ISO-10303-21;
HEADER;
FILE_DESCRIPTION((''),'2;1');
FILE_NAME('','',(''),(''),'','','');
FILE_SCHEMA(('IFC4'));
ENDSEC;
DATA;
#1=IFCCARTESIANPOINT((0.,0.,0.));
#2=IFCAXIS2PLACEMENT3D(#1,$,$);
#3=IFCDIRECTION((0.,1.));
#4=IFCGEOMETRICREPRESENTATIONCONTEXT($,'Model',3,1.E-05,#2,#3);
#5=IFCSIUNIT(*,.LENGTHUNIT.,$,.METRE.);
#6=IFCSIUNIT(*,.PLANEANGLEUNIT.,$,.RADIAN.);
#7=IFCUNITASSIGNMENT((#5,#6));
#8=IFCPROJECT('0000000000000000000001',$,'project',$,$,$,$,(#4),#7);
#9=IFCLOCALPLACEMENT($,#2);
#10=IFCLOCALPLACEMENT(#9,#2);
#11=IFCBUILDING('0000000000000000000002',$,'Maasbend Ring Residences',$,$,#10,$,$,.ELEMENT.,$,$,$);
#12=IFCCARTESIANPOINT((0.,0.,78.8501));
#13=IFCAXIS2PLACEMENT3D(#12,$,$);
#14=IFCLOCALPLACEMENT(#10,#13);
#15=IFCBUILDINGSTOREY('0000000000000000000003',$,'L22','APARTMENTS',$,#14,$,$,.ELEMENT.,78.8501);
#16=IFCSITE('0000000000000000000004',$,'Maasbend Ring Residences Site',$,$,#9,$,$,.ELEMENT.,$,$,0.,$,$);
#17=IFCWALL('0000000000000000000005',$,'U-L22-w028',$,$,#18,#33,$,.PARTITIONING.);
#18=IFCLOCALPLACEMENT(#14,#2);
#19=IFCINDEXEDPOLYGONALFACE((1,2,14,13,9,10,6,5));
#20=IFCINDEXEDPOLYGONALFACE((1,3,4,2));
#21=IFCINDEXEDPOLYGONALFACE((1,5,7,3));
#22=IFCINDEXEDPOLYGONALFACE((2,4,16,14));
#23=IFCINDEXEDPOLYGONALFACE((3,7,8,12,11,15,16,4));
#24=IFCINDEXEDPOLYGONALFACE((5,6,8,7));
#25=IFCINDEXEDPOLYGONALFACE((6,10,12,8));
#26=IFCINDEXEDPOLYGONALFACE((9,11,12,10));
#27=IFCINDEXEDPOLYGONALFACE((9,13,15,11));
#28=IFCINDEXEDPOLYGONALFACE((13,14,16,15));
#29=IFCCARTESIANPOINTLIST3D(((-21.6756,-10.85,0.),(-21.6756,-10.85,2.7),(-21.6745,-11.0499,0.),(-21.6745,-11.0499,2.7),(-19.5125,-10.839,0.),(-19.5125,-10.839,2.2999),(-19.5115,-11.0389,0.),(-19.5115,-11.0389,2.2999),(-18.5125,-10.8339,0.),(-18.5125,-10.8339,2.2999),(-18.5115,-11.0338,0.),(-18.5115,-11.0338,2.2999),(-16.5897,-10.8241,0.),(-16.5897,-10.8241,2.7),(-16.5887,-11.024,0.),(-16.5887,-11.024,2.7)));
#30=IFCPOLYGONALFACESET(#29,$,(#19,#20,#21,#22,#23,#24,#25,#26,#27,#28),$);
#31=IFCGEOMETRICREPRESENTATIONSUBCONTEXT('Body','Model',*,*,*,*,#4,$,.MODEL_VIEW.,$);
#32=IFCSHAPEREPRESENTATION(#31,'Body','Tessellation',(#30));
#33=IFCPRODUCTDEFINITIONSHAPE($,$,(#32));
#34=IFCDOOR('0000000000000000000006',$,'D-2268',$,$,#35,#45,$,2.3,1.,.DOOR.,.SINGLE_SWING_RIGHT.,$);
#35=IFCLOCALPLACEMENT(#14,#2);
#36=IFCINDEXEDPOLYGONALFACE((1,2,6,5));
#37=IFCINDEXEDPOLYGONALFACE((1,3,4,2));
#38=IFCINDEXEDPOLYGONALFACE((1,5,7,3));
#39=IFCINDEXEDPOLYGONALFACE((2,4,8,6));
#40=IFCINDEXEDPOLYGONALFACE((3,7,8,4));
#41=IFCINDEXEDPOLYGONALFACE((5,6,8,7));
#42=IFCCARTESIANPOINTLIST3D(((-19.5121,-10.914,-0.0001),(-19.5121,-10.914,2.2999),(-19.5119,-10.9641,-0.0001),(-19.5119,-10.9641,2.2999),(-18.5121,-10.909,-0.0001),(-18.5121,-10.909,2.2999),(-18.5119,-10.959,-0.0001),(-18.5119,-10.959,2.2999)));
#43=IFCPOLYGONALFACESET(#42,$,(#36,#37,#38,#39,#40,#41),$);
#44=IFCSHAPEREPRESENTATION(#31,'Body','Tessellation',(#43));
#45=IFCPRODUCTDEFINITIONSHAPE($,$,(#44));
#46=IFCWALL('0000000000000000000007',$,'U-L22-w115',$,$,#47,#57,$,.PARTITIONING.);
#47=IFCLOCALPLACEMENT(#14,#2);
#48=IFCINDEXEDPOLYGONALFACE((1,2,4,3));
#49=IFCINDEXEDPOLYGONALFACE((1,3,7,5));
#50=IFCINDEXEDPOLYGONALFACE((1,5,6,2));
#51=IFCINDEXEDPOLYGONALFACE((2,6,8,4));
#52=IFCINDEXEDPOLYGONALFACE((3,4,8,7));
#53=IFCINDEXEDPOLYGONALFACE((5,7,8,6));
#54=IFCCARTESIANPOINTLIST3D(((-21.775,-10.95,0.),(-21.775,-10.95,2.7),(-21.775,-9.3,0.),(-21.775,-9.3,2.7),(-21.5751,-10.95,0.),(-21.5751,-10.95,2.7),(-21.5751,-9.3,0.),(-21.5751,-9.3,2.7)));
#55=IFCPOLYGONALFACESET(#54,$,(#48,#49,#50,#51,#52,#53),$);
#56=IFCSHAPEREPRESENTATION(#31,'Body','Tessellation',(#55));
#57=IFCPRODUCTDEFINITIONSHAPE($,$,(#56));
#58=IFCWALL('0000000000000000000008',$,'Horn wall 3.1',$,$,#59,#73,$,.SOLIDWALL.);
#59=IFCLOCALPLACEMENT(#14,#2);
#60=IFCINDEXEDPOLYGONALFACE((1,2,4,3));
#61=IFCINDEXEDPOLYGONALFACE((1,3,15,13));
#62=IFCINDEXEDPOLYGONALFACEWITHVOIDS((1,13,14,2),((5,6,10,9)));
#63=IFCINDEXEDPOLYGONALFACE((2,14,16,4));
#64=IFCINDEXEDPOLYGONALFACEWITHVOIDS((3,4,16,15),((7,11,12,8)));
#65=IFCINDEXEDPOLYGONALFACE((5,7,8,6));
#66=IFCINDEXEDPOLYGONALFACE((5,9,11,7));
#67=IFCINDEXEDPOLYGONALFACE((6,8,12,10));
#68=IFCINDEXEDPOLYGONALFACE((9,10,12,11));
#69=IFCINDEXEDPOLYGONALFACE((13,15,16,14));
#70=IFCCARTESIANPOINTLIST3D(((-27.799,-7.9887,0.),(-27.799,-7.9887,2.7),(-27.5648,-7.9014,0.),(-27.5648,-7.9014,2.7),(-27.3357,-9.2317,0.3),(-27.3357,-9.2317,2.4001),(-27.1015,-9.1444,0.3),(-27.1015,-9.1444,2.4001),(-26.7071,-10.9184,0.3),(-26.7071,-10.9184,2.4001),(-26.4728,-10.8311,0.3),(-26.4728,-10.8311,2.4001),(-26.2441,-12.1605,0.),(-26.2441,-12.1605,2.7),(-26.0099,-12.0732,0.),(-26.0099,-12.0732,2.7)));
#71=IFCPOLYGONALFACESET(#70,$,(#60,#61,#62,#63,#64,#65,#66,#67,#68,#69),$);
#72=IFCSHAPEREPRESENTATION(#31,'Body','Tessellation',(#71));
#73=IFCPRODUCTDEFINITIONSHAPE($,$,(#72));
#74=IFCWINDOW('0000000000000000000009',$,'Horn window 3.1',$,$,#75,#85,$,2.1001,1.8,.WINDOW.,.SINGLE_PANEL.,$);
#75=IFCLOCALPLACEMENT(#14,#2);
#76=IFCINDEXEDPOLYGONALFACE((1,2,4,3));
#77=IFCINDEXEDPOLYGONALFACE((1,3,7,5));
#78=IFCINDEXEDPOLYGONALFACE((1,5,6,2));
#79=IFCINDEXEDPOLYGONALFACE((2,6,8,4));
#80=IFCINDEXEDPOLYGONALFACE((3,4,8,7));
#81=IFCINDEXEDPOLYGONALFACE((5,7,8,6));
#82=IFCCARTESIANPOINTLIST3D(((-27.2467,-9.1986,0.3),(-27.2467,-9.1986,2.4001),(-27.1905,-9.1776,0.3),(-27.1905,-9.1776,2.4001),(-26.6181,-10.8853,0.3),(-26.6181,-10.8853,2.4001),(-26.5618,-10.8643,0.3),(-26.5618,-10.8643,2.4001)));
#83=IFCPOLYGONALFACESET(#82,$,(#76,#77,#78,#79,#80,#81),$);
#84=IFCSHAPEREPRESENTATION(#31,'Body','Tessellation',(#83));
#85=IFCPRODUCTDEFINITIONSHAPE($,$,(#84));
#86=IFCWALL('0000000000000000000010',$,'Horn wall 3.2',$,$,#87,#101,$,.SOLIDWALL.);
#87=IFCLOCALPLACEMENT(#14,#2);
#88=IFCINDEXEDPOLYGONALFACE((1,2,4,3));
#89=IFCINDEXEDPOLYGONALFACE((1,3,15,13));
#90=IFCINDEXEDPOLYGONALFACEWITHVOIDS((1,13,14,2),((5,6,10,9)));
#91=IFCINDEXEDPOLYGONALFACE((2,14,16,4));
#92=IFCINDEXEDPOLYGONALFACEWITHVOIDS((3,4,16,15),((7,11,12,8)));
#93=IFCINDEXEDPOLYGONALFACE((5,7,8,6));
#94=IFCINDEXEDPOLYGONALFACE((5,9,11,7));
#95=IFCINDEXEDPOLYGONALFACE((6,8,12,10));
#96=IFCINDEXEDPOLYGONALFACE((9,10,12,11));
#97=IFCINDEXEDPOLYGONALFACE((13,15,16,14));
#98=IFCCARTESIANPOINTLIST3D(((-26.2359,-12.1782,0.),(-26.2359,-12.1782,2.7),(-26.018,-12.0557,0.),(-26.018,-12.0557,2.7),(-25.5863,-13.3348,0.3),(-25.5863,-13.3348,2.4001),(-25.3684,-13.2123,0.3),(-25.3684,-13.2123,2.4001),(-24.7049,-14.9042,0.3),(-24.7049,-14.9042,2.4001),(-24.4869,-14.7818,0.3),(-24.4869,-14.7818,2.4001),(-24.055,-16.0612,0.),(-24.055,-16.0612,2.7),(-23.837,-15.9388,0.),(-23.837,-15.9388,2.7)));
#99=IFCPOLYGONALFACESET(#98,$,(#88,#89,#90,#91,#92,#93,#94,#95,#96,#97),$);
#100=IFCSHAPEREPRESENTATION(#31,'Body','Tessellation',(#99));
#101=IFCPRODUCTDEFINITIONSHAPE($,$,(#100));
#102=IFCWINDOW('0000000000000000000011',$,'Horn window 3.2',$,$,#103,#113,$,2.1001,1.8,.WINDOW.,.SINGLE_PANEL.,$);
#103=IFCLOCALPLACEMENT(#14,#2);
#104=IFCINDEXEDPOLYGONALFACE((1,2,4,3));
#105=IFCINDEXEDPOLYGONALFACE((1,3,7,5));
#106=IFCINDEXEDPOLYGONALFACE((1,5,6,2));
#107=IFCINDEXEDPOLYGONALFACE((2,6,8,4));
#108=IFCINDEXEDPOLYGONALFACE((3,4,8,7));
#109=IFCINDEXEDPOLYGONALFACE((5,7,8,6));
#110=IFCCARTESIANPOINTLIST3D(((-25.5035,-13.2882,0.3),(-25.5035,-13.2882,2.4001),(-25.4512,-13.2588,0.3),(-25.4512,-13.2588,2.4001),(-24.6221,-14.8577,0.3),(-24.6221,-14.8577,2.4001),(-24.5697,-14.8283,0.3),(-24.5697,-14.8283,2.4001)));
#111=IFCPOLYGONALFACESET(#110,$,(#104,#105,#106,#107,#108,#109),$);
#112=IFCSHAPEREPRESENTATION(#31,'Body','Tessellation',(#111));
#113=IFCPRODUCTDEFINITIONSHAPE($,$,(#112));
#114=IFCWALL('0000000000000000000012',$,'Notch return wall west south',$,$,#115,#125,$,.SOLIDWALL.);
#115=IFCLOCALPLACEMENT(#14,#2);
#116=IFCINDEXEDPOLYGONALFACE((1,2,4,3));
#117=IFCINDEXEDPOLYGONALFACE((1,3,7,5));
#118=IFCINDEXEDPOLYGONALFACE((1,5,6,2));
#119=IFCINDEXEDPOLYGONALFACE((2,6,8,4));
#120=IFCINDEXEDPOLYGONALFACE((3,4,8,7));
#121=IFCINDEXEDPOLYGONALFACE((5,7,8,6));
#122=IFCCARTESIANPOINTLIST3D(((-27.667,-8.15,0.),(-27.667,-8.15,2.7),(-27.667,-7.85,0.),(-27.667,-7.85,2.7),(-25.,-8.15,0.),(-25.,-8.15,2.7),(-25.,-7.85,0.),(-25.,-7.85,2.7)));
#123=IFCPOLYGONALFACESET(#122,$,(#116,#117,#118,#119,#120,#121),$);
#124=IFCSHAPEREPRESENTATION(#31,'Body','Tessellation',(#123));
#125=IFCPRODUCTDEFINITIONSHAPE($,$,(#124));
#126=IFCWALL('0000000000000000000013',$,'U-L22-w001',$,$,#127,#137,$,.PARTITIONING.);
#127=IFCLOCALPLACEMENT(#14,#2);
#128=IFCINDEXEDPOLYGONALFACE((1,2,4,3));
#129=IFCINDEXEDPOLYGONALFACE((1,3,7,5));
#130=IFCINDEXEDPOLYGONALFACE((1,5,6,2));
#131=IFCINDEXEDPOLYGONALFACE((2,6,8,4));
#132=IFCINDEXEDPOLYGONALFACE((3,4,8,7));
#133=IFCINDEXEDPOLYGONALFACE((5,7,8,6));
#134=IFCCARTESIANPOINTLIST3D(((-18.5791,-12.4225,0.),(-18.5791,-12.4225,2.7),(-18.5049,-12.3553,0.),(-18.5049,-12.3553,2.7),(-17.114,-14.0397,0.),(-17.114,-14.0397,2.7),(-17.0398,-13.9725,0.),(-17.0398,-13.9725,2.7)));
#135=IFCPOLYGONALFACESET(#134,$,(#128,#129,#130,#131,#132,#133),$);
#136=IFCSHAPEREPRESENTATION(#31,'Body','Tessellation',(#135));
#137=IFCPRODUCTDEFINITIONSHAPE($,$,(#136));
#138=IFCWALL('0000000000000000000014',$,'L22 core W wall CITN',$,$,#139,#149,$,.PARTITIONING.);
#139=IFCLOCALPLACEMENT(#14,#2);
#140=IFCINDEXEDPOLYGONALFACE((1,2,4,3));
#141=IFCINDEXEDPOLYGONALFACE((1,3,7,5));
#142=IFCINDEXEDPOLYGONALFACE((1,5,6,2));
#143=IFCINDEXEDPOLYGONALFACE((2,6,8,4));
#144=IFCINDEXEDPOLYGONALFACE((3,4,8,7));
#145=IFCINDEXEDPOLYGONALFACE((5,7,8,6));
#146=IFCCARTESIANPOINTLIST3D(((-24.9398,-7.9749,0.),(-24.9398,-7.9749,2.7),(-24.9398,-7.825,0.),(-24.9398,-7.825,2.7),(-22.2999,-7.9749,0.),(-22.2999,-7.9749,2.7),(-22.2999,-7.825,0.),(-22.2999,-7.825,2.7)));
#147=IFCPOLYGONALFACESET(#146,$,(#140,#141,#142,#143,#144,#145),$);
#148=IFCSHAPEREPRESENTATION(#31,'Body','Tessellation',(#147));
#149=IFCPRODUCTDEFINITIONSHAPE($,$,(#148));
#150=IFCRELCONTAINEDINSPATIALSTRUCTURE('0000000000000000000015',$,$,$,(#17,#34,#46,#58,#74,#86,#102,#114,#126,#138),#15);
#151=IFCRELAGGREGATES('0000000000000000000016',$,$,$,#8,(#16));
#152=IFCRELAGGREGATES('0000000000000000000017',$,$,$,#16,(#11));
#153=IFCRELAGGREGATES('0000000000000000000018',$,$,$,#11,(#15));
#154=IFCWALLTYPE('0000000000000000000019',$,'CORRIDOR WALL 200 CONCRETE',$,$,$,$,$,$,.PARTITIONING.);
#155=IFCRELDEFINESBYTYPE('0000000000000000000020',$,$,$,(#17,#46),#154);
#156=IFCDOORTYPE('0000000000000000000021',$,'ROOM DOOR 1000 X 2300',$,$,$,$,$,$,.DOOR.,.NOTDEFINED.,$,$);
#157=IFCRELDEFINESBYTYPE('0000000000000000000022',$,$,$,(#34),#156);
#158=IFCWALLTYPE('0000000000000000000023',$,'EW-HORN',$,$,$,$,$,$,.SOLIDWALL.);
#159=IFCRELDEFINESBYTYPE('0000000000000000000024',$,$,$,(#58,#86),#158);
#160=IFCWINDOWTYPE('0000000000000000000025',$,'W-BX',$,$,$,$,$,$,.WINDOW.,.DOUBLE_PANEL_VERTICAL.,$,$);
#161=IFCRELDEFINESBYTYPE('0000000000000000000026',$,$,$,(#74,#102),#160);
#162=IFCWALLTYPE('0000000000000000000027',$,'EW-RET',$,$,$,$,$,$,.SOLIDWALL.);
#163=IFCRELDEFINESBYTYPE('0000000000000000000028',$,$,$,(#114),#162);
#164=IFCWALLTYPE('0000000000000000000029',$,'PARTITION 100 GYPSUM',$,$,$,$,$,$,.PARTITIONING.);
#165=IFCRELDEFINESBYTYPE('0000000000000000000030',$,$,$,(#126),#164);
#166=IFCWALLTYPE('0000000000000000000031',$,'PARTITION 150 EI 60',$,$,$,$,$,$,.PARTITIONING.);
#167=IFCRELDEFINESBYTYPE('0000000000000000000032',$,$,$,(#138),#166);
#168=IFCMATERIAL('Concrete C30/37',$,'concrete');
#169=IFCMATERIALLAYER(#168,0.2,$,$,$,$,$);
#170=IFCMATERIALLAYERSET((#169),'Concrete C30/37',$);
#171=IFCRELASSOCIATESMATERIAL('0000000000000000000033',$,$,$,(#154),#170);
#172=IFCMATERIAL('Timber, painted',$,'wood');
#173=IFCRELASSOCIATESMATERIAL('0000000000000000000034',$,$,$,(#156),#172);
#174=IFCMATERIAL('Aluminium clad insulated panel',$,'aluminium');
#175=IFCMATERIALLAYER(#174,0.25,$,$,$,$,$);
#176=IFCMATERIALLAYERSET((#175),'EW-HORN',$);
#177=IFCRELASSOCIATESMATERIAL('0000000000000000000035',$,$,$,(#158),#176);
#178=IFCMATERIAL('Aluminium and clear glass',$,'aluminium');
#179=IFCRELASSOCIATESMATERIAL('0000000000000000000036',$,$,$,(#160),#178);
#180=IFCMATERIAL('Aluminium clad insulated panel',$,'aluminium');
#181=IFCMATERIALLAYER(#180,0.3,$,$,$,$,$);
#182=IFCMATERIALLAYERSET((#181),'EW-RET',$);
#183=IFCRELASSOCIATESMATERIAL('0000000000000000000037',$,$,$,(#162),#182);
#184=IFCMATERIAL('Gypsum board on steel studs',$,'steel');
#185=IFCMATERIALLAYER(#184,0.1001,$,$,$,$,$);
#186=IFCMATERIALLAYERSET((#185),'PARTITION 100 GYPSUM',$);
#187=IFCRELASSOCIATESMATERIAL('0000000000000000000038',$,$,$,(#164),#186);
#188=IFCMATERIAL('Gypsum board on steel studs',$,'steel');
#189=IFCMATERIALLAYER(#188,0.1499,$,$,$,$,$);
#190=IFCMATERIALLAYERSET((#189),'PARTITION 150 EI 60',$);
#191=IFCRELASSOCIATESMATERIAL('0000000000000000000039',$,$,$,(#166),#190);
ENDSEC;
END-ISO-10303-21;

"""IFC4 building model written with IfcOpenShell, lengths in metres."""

from ifc_helpers import new_model, si_unit, direction, frame, frame_2d, origin, place, context, subcontext, project, spatial, rectangle, extrude, material, layer, layer_set, type_object, element, fill, save


model = new_model("IFC4")

# Units and contexts
model_context = context("Model", 3, precision=1e-05, world=origin(), true_north=direction((0.0, 1.0)))
body_context = subcontext(model_context, "Body", "Model", "MODEL_VIEW")
ifc_project = project(units=[si_unit("LENGTHUNIT", "METRE"), si_unit("PLANEANGLEUNIT", "RADIAN")], contexts=[model_context])

# Site, building, storey
site_placement = place(None, origin())
site = spatial("IfcSite", under=ifc_project, at=site_placement, Name="Maasbend Ring Residences Site", CompositionType="ELEMENT", RefElevation=0.0)
building_placement = place(site_placement, origin())
building = spatial("IfcBuilding", under=site, at=building_placement, Name="Maasbend Ring Residences", CompositionType="ELEMENT")
storey_placement = place(building_placement, frame((0.0, 0.0, 78.8501)))
storey = spatial("IfcBuildingStorey", under=building, at=storey_placement, Name="L22", Description="APARTMENTS", CompositionType="ELEMENT", Elevation=78.8501)

# Wall, opening, door
ifc_material_1 = material(Name="Concrete C30/37", Category="concrete")
ifc_layer_1 = layer(ifc_material_1, 0.2)
ifc_layer_set_1 = layer_set([ifc_layer_1], Name="Concrete C30/37")
wall_type_1 = type_object("IfcWallType", Name="CORRIDOR WALL 200 CONCRETE", PredefinedType="PARTITIONING", material=ifc_layer_set_1)
wall_1_placement = place(storey_placement, frame((-21.675, -10.95, 0.0), z_axis=(0.0, 0.0, 1.0), x_axis=(0.999987, 0.005088, 0.0)))
wall_1 = element("IfcWall", 1, at=wall_1_placement, inside=storey, type_object=wall_type_1, Name="U-L22-w028", PredefinedType="PARTITIONING", context=body_context, shape_type="SweptSolid", body=[
    extrude(rectangle(XDim=5.0859, YDim=0.2, at=frame_2d((2.543, 0.0))), origin(), (0.0, 0.0, 1.0), 2.7),
])
opening_1_placement = place(wall_1_placement, frame((2.1631, 0.0, 0.0)))
opening_1 = element("IfcOpeningElement", 2, at=opening_1_placement, cuts=wall_1, PredefinedType="OPENING", context=body_context, shape_type="SweptSolid", body=[
    extrude(rectangle(XDim=1.0, YDim=2.3, at=frame_2d((0.5, 1.1499))), frame((0.0, 0.1099, 0.0), z_axis=(0.0, -1.0, 0.0), x_axis=(1.0, 0.0, 0.0)), (0.0, 0.0, 1.0), 0.22),
])
ifc_material_2 = material(Name="Timber, painted", Category="wood")
door_type_1 = type_object("IfcDoorType", Name="ROOM DOOR 1000 X 2300", OperationType="NOTDEFINED", PredefinedType="DOOR", material=ifc_material_2)
door_1_placement = place(opening_1_placement, origin())
door_1 = element("IfcDoor", 3, at=door_1_placement, inside=storey, type_object=door_type_1, Name="D-2268", OperationType="SINGLE_SWING_RIGHT", OverallHeight=2.3, OverallWidth=1.0, PredefinedType="DOOR", context=body_context, shape_type="SweptSolid", body=[
    extrude(rectangle(XDim=1.0, YDim=2.3, at=frame_2d((0.5, 1.1499))), frame((0.0, 0.0249, 0.0), z_axis=(0.0, -1.0, 0.0), x_axis=(1.0, 0.0, 0.0)), (0.0, 0.0, 1.0), 0.05),
])
fill(opening_1, door_1)

# Wall
wall_2_placement = place(storey_placement, frame((-21.675, -10.95, 0.0), z_axis=(0.0, 0.0, 1.0), x_axis=(0.0, 1.0, 0.0)))
element("IfcWall", 4, at=wall_2_placement, inside=storey, type_object=wall_type_1, Name="U-L22-w115", PredefinedType="PARTITIONING", context=body_context, shape_type="SweptSolid", body=[
    extrude(rectangle(XDim=1.6499, YDim=0.2, at=frame_2d((0.825, 0.0))), origin(), (0.0, 0.0, 1.0), 2.7),
])

# Walls, openings, windows
ifc_material_3 = material(Name="Aluminium clad insulated panel", Category="aluminium")
ifc_layer_2 = layer(ifc_material_3, 0.25)
ifc_layer_set_2 = layer_set([ifc_layer_2], Name="EW-HORN")
wall_type_2 = type_object("IfcWallType", Name="EW-HORN", PredefinedType="SOLIDWALL", material=ifc_layer_set_2)
wall_3_placement = place(storey_placement, frame((-27.6819, -7.9451, 0.0), z_axis=(0.0, 0.0, 1.0), x_axis=(0.349248, -0.93703, 0.0)))
wall_3 = element("IfcWall", 5, at=wall_3_placement, inside=storey, type_object=wall_type_2, Name="Horn wall 3.1", PredefinedType="SOLIDWALL", context=body_context, shape_type="SweptSolid", body=[
    extrude(rectangle(XDim=4.4521, YDim=0.25, at=frame_2d((2.2261, 0.0))), origin(), (0.0, 0.0, 1.0), 2.7),
])
opening_2_placement = place(wall_3_placement, frame((1.3267, 0.0, 0.3)))
opening_2 = element("IfcOpeningElement", 6, at=opening_2_placement, cuts=wall_3, PredefinedType="OPENING", context=body_context, shape_type="SweptSolid", body=[
    extrude(rectangle(XDim=1.8, YDim=2.1001, at=frame_2d((0.8999, 1.05))), frame((0.0, 0.135, 0.0), z_axis=(0.0, -1.0, 0.0), x_axis=(1.0, 0.0, 0.0)), (0.0, 0.0, 1.0), 0.27),
])
ifc_material_4 = material(Name="Aluminium and clear glass", Category="aluminium")
window_type = type_object("IfcWindowType", Name="W-BX", PartitioningType="DOUBLE_PANEL_VERTICAL", PredefinedType="WINDOW", material=ifc_material_4)
window_1_placement = place(opening_2_placement, origin())
window_1 = element("IfcWindow", 7, at=window_1_placement, inside=storey, type_object=window_type, Name="Horn window 3.1", OverallHeight=2.1001, OverallWidth=1.8, PartitioningType="SINGLE_PANEL", PredefinedType="WINDOW", context=body_context, shape_type="SweptSolid", body=[
    extrude(rectangle(XDim=1.8, YDim=2.1001, at=frame_2d((0.8999, 1.05))), frame((0.0, 0.03, 0.0), z_axis=(0.0, -1.0, 0.0), x_axis=(1.0, 0.0, 0.0)), (0.0, 0.0, 1.0), 0.0601),
])
fill(opening_2, window_1)
wall_4_placement = place(storey_placement, frame((-26.127, -12.1169, 0.0), z_axis=(0.0, 0.0, 1.0), x_axis=(0.489696, -0.871893, 0.0)))
wall_4 = element("IfcWall", 8, at=wall_4_placement, inside=storey, type_object=wall_type_2, Name="Horn wall 3.2", PredefinedType="SOLIDWALL", context=body_context, shape_type="SweptSolid", body=[
    extrude(rectangle(XDim=4.4536, YDim=0.25, at=frame_2d((2.2268, 0.0))), origin(), (0.0, 0.0, 1.0), 2.7),
])
opening_3_placement = place(wall_4_placement, frame((1.3267, 0.0, 0.3)))
opening_3 = element("IfcOpeningElement", 9, at=opening_3_placement, cuts=wall_4, PredefinedType="OPENING", context=body_context, shape_type="SweptSolid", body=[
    extrude(rectangle(XDim=1.8, YDim=2.1001, at=frame_2d((0.8999, 1.05))), frame((0.0, 0.135, 0.0), z_axis=(0.0, -1.0, 0.0), x_axis=(1.0, 0.0, 0.0)), (0.0, 0.0, 1.0), 0.27),
])
window_2_placement = place(opening_3_placement, origin())
window_2 = element("IfcWindow", 10, at=window_2_placement, inside=storey, type_object=window_type, Name="Horn window 3.2", OverallHeight=2.1001, OverallWidth=1.8, PartitioningType="SINGLE_PANEL", PredefinedType="WINDOW", context=body_context, shape_type="SweptSolid", body=[
    extrude(rectangle(XDim=1.8, YDim=2.1001, at=frame_2d((0.8999, 1.05))), frame((0.0, 0.03, 0.0), z_axis=(0.0, -1.0, 0.0), x_axis=(1.0, 0.0, 0.0)), (0.0, 0.0, 1.0), 0.0601),
])
fill(opening_3, window_2)

# Walls
ifc_material_5 = material(Name="Aluminium clad insulated panel", Category="aluminium")
ifc_layer_3 = layer(ifc_material_5, 0.3)
ifc_layer_set_3 = layer_set([ifc_layer_3], Name="EW-RET")
wall_type_3 = type_object("IfcWallType", Name="EW-RET", PredefinedType="SOLIDWALL", material=ifc_layer_set_3)
wall_5_placement = place(storey_placement, frame((-25.0, -8.0, 0.0), z_axis=(0.0, 0.0, 1.0), x_axis=(-1.0, 0.0, 0.0)))
element("IfcWall", 11, at=wall_5_placement, inside=storey, type_object=wall_type_3, Name="Notch return wall west south", PredefinedType="SOLIDWALL", context=body_context, shape_type="SweptSolid", body=[
    extrude(rectangle(XDim=2.667, YDim=0.3, at=frame_2d((1.3335, 0.0))), origin(), (0.0, 0.0, 1.0), 2.7),
])
ifc_material_6 = material(Name="Gypsum board on steel studs", Category="steel")
ifc_layer_4 = layer(ifc_material_6, 0.1001)
ifc_layer_set_4 = layer_set([ifc_layer_4], Name="PARTITION 100 GYPSUM")
wall_type_4 = type_object("IfcWallType", Name="PARTITION 100 GYPSUM", PredefinedType="PARTITIONING", material=ifc_layer_set_4)
wall_6_placement = place(storey_placement, frame((-18.542, -12.3889, 0.0), z_axis=(0.0, 0.0, 1.0), x_axis=(0.671397, -0.741098, 0.0)))
element("IfcWall", 12, at=wall_6_placement, inside=storey, type_object=wall_type_4, Name="U-L22-w001", PredefinedType="PARTITIONING", context=body_context, shape_type="SweptSolid", body=[
    extrude(rectangle(XDim=2.1821, YDim=0.1001, at=frame_2d((1.0911, 0.0))), origin(), (0.0, 0.0, 1.0), 2.7),
])
ifc_material_7 = material(Name="Gypsum board on steel studs", Category="steel")
ifc_layer_5 = layer(ifc_material_7, 0.1499)
ifc_layer_set_5 = layer_set([ifc_layer_5], Name="PARTITION 150 EI 60")
wall_type_5 = type_object("IfcWallType", Name="PARTITION 150 EI 60", PredefinedType="PARTITIONING", material=ifc_layer_set_5)
wall_7_placement = place(storey_placement, frame((-22.3, -7.8999, 0.0), z_axis=(0.0, 0.0, 1.0), x_axis=(-1.0, 0.0, 0.0)))
element("IfcWall", 13, at=wall_7_placement, inside=storey, type_object=wall_type_5, Name="L22 core W wall CITN", PredefinedType="PARTITIONING", context=body_context, shape_type="SweptSolid", body=[
    extrude(rectangle(XDim=2.6399, YDim=0.1499, at=frame_2d((1.3198, 0.0))), origin(), (0.0, 0.0, 1.0), 2.7),
])

save(model, "model.ifc")
